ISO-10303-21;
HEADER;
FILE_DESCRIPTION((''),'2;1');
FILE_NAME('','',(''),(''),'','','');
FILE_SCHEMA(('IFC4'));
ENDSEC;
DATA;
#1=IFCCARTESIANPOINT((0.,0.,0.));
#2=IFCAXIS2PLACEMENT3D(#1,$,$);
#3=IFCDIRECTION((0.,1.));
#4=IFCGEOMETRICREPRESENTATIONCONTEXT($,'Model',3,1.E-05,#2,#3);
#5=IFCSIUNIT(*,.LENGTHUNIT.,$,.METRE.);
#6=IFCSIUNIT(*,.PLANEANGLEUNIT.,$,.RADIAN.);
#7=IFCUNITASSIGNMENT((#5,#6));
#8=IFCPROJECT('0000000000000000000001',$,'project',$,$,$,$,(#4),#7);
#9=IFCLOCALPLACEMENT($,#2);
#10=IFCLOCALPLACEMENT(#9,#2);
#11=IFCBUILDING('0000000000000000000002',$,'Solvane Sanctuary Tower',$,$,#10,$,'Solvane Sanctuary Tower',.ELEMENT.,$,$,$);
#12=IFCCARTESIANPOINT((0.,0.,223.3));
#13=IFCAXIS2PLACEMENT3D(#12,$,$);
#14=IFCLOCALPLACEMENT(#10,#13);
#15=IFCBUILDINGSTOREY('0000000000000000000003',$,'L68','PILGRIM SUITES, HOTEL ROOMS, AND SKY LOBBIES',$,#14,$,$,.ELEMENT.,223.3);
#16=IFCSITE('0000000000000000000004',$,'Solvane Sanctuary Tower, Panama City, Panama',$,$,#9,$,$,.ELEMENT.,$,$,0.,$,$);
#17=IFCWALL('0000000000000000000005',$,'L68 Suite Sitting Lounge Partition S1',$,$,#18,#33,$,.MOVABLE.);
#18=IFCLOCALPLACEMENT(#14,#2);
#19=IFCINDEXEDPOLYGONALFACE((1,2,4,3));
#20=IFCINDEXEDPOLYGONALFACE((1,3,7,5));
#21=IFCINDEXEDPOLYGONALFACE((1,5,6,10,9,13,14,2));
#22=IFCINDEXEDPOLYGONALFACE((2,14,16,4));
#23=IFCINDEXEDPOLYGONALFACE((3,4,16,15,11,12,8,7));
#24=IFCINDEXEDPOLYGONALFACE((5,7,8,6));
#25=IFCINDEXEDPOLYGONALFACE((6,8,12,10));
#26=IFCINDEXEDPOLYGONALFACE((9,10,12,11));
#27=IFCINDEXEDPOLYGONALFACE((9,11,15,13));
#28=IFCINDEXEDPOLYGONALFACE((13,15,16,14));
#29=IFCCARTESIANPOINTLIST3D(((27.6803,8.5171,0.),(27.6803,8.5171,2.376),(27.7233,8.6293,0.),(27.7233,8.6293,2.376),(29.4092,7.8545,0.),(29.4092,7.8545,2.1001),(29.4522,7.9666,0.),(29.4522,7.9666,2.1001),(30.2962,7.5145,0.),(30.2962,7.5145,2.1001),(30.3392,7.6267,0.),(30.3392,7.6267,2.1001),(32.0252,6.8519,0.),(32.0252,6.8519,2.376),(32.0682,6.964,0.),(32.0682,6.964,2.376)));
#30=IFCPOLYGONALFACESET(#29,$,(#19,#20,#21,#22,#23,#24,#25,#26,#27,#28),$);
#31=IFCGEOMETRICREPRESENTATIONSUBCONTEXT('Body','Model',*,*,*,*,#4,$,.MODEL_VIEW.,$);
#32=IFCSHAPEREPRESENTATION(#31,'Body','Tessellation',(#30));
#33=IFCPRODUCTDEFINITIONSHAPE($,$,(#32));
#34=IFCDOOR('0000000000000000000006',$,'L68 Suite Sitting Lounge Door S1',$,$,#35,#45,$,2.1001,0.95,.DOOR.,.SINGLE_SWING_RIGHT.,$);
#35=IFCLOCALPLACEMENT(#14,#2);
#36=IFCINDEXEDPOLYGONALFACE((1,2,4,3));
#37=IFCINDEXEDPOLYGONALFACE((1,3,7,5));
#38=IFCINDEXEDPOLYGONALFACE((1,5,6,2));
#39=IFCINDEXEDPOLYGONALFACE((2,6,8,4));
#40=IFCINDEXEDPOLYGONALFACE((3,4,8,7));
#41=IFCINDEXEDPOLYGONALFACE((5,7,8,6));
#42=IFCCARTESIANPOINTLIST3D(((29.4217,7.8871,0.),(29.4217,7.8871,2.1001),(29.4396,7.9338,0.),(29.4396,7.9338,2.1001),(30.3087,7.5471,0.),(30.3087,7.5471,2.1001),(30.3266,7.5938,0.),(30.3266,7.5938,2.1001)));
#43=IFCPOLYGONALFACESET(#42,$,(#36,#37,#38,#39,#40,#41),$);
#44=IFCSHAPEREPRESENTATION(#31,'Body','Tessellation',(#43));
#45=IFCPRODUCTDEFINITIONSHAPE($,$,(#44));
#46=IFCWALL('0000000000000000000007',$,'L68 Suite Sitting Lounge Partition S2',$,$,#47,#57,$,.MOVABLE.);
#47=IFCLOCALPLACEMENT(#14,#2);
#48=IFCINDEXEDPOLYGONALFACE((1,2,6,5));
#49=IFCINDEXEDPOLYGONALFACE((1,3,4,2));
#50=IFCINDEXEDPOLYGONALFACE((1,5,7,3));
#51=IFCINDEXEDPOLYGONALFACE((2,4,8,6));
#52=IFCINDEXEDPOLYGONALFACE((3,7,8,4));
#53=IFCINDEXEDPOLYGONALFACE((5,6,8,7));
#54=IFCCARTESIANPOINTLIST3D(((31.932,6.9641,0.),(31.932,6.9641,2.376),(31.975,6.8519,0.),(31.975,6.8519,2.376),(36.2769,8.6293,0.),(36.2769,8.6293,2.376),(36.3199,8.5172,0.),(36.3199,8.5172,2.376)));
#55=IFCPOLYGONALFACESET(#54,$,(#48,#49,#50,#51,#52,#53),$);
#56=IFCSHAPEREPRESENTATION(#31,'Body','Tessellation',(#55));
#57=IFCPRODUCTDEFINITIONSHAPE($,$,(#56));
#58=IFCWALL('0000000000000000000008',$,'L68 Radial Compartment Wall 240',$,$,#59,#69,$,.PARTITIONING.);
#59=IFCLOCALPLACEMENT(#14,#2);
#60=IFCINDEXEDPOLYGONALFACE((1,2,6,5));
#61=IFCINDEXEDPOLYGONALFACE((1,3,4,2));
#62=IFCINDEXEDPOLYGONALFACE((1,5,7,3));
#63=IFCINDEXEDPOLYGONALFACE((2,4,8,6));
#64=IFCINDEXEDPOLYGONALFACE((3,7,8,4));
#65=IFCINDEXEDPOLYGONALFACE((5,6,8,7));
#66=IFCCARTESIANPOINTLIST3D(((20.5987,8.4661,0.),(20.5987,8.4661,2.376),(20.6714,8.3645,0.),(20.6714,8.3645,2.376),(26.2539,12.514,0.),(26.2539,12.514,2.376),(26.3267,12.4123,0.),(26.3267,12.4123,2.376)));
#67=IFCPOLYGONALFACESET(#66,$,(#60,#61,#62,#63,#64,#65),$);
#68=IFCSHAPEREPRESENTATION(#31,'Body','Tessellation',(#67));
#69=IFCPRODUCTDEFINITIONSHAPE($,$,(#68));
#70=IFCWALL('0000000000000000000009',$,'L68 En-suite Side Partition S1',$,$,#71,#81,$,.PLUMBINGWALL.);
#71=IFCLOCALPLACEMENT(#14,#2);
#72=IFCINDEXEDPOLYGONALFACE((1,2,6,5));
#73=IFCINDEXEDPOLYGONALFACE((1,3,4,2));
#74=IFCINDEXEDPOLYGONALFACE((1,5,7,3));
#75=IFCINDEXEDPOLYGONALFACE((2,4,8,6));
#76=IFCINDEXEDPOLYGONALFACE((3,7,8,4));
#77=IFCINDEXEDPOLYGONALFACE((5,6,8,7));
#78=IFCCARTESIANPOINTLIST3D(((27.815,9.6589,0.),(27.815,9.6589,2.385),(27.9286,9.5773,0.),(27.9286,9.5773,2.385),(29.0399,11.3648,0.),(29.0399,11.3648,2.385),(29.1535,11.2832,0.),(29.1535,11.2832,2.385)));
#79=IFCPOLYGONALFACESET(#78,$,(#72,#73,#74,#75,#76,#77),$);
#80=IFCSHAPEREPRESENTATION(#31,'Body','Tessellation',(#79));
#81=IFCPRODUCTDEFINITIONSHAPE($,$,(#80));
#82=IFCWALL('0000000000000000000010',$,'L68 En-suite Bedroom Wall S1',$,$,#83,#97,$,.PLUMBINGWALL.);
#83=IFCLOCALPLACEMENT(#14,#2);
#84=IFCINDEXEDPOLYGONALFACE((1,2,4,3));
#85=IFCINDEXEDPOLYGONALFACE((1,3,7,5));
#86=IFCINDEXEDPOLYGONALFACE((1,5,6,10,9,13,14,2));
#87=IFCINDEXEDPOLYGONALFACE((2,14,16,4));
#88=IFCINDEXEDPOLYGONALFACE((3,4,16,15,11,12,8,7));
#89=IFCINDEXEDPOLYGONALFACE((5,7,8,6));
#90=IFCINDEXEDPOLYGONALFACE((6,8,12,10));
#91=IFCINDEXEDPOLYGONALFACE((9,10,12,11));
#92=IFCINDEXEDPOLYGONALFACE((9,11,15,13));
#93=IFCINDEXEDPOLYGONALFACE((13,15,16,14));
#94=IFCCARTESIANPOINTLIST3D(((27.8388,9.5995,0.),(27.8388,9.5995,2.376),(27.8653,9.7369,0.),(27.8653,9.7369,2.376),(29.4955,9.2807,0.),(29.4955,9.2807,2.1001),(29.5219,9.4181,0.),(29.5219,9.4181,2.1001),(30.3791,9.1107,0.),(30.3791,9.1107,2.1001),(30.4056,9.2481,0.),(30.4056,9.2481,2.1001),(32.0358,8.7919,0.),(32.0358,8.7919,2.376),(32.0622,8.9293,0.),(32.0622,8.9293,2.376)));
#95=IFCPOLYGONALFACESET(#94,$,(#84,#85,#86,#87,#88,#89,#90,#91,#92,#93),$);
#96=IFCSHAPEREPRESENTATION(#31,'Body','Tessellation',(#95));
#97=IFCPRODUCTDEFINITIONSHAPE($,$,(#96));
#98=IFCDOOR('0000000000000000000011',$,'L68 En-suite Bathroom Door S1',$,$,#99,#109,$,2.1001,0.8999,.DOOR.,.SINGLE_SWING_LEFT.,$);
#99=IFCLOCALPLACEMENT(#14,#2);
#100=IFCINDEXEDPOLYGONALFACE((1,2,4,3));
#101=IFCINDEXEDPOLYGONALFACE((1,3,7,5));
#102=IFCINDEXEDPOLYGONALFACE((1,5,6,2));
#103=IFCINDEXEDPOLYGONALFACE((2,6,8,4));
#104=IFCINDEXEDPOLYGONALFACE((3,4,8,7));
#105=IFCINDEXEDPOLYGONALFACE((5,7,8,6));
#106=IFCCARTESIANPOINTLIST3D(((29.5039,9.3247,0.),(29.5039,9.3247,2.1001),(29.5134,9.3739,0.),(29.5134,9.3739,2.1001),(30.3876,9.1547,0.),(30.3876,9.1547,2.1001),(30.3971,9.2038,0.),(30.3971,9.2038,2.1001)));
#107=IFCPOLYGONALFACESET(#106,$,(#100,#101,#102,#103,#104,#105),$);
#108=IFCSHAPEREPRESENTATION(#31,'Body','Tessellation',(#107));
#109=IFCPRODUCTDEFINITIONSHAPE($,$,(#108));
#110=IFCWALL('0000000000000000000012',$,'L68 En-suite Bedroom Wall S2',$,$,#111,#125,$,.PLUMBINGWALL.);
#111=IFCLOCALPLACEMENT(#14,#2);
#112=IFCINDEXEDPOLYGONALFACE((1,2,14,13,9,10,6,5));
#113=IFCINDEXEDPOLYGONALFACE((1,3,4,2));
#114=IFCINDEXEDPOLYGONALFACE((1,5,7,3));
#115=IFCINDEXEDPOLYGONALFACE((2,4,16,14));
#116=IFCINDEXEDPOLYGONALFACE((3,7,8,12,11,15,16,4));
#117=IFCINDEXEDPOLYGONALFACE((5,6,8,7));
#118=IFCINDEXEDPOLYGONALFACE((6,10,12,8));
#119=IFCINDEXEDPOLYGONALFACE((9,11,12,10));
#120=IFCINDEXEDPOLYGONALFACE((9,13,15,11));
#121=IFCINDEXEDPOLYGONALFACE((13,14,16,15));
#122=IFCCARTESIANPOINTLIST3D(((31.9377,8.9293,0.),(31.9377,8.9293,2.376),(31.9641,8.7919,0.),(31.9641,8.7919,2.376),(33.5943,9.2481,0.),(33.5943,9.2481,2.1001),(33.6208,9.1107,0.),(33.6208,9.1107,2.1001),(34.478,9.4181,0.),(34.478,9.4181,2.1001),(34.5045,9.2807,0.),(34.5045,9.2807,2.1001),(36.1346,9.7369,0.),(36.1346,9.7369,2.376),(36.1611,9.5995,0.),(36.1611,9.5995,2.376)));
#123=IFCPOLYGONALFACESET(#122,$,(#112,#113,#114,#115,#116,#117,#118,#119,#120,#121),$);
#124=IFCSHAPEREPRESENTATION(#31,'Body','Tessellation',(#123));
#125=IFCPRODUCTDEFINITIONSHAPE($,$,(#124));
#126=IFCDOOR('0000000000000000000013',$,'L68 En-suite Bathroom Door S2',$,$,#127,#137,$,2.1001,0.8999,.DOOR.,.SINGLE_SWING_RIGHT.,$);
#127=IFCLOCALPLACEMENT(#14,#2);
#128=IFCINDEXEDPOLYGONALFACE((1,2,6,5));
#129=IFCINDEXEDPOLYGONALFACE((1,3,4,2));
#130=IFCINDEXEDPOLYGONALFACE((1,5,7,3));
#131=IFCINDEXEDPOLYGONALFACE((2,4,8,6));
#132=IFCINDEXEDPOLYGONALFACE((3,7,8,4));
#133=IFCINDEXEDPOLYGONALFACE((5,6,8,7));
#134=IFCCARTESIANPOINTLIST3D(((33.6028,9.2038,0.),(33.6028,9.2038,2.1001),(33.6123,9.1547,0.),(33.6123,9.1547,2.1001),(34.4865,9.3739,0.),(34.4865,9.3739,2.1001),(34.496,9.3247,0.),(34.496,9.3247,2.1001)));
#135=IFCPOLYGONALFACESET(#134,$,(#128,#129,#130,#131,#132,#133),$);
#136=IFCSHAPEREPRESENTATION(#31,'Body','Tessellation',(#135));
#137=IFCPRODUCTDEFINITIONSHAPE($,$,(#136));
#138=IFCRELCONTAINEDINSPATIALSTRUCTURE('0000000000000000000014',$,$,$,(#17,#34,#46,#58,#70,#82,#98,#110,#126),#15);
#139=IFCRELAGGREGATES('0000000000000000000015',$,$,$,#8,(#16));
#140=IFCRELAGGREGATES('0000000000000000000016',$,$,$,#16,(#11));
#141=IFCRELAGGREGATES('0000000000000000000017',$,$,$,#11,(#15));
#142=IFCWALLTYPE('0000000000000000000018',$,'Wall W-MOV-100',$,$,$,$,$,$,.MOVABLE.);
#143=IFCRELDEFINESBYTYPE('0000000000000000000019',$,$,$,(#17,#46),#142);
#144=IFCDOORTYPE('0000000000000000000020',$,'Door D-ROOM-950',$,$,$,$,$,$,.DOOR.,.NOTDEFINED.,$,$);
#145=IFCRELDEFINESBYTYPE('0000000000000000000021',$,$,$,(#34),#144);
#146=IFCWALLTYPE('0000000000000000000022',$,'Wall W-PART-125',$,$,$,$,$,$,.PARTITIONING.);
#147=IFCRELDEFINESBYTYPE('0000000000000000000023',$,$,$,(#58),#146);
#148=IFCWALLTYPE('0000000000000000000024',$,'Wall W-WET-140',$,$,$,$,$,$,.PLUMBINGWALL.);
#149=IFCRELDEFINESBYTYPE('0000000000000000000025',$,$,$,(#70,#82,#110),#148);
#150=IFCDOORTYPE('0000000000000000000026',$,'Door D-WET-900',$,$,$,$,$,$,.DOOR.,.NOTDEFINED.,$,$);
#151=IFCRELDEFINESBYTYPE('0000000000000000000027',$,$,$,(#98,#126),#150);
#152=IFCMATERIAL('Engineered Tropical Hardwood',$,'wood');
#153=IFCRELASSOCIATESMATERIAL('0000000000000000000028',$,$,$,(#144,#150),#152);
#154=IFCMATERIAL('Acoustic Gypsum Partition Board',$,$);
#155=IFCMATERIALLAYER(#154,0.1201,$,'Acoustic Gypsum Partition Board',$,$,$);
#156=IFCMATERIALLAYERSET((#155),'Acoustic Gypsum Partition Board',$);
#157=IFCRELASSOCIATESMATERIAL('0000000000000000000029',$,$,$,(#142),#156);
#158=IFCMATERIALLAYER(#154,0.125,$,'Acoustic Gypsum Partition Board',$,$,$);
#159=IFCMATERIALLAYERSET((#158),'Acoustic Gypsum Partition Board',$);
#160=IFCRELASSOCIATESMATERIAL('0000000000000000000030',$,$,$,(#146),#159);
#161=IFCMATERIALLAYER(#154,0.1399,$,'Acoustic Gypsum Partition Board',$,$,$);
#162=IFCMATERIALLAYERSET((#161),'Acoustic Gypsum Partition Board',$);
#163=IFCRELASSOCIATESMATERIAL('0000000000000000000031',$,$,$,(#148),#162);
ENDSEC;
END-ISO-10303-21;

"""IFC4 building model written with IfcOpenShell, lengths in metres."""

from ifc_helpers import new_model, si_unit, direction, frame, frame_2d, origin, place, context, subcontext, project, spatial, rectangle, extrude, material, layer, layer_set, type_object, element, fill, save


model = new_model("IFC4")

# Units and contexts
model_context = context("Model", 3, precision=1e-05, world=origin(), true_north=direction((0.0, 1.0)))
body_context = subcontext(model_context, "Body", "Model", "MODEL_VIEW")
ifc_project = project(units=[si_unit("LENGTHUNIT", "METRE"), si_unit("PLANEANGLEUNIT", "RADIAN")], contexts=[model_context])

# Site, building, storey
site_placement = place(None, origin())
site = spatial("IfcSite", under=ifc_project, at=site_placement, Name="Solvane Sanctuary Tower, Panama City, Panama", CompositionType="ELEMENT", RefElevation=0.0)
building_placement = place(site_placement, origin())
building = spatial("IfcBuilding", under=site, at=building_placement, Name="Solvane Sanctuary Tower", LongName="Solvane Sanctuary Tower", CompositionType="ELEMENT")
storey_placement = place(building_placement, frame((0.0, 0.0, 223.3)))
storey = spatial("IfcBuildingStorey", under=building, at=storey_placement, Name="L68", Description="PILGRIM SUITES, HOTEL ROOMS, AND SKY LOBBIES", CompositionType="ELEMENT", Elevation=223.3)

# Shared definitions
ifc_material_1 = material(Name="Acoustic Gypsum Partition Board")

# Shared definitions
ifc_material_2 = material(Name="Engineered Tropical Hardwood", Category="wood")
door_type_1 = type_object("IfcDoorType", Name="Door D-ROOM-950", OperationType="NOTDEFINED", PredefinedType="DOOR", material=ifc_material_2)

# Shared definitions
ifc_layer_1 = layer(ifc_material_1, 0.1201, Name="Acoustic Gypsum Partition Board")
ifc_layer_set_1 = layer_set([ifc_layer_1], Name="Acoustic Gypsum Partition Board")
wall_type_1 = type_object("IfcWallType", Name="Wall W-MOV-100", PredefinedType="MOVABLE", material=ifc_layer_set_1)

# Wall, opening, door
wall_1_placement = place(storey_placement, frame((27.7017, 8.5732, 0.0), z_axis=(0.0, 0.0, 1.0), x_axis=(0.933767, -0.357882, 0.0)))
wall_1 = element("IfcWall", 1, at=wall_1_placement, inside=storey, type_object=wall_type_1, Name="L68 Suite Sitting Lounge Partition S1", PredefinedType="MOVABLE", context=body_context, shape_type="SweptSolid", body=[
    extrude(rectangle(XDim=4.6531, YDim=0.1201, at=frame_2d((2.3267, 0.0))), origin(), (0.0, 0.0, 1.0), 2.376),
])
opening_1_placement = place(wall_1_placement, frame((1.8516, 0.0, 0.0)))
opening_1 = element("IfcOpeningElement", 2, at=opening_1_placement, cuts=wall_1, PredefinedType="OPENING", context=body_context, shape_type="SweptSolid", body=[
    extrude(rectangle(XDim=0.95, YDim=2.1001, at=frame_2d((0.4751, 1.05))), frame((0.0, 0.0701, 0.0), z_axis=(0.0, -1.0, 0.0), x_axis=(1.0, 0.0, 0.0)), (0.0, 0.0, 1.0), 0.1401),
])
door_1_placement = place(opening_1_placement, origin())
door_1 = element("IfcDoor", 3, at=door_1_placement, inside=storey, type_object=door_type_1, Name="L68 Suite Sitting Lounge Door S1", OperationType="SINGLE_SWING_RIGHT", OverallHeight=2.1001, OverallWidth=0.95, PredefinedType="DOOR", context=body_context, shape_type="SweptSolid", body=[
    extrude(rectangle(XDim=0.95, YDim=2.1001, at=frame_2d((0.4751, 1.05))), frame((0.0, 0.0249, 0.0), z_axis=(0.0, -1.0, 0.0), x_axis=(1.0, 0.0, 0.0)), (0.0, 0.0, 1.0), 0.05),
])
fill(opening_1, door_1)

# Walls
wall_2_placement = place(storey_placement, frame((31.9534, 6.908, 0.0), z_axis=(0.0, 0.0, 1.0), x_axis=(0.933767, 0.357882, 0.0)))
element("IfcWall", 4, at=wall_2_placement, inside=storey, type_object=wall_type_1, Name="L68 Suite Sitting Lounge Partition S2", PredefinedType="MOVABLE", context=body_context, shape_type="SweptSolid", body=[
    extrude(rectangle(XDim=4.6531, YDim=0.1201, at=frame_2d((2.3267, 0.0))), origin(), (0.0, 0.0, 1.0), 2.376),
])
ifc_layer_2 = layer(ifc_material_1, 0.125, Name="Acoustic Gypsum Partition Board")
ifc_layer_set_2 = layer_set([ifc_layer_2], Name="Acoustic Gypsum Partition Board")
wall_type_2 = type_object("IfcWallType", Name="Wall W-PART-125", PredefinedType="PARTITIONING", material=ifc_layer_set_2)
wall_3_placement = place(storey_placement, frame((26.2903, 12.4631, 0.0), z_axis=(0.0, 0.0, 1.0), x_axis=(-0.813164, -0.582035, 0.0)))
element("IfcWall", 5, at=wall_3_placement, inside=storey, type_object=wall_type_2, Name="L68 Radial Compartment Wall 240", PredefinedType="PARTITIONING", context=body_context, shape_type="SweptSolid", body=[
    extrude(rectangle(XDim=6.9546, YDim=0.125, at=frame_2d((3.4773, 0.0))), origin(), (0.0, 0.0, 1.0), 2.376),
])
ifc_layer_3 = layer(ifc_material_1, 0.1399, Name="Acoustic Gypsum Partition Board")
ifc_layer_set_3 = layer_set([ifc_layer_3], Name="Acoustic Gypsum Partition Board")
wall_type_3 = type_object("IfcWallType", Name="Wall W-WET-140", PredefinedType="PLUMBINGWALL", material=ifc_layer_set_3)
wall_4_placement = place(storey_placement, frame((29.0967, 11.324, 0.0), z_axis=(0.0, 0.0, 1.0), x_axis=(-0.58326, -0.812286, 0.0)))
element("IfcWall", 6, at=wall_4_placement, inside=storey, type_object=wall_type_3, Name="L68 En-suite Side Partition S1", PredefinedType="PLUMBINGWALL", context=body_context, shape_type="SweptSolid", body=[
    extrude(rectangle(XDim=2.1001, YDim=0.1399, at=frame_2d((1.05, 0.0))), origin(), (0.0, 0.0, 1.0), 2.385),
])

# Walls, openings, doors
wall_5_placement = place(storey_placement, frame((27.8521, 9.6682, 0.0), z_axis=(0.0, 0.0, 1.0), x_axis=(0.981985, -0.18896, 0.0)))
wall_5 = element("IfcWall", 7, at=wall_5_placement, inside=storey, type_object=wall_type_3, Name="L68 En-suite Bedroom Wall S1", PredefinedType="PLUMBINGWALL", context=body_context, shape_type="SweptSolid", body=[
    extrude(rectangle(XDim=4.2739, YDim=0.1399, at=frame_2d((2.137, 0.0))), origin(), (0.0, 0.0, 1.0), 2.376),
])
opening_2_placement = place(wall_5_placement, frame((1.687, 0.0, 0.0)))
opening_2 = element("IfcOpeningElement", 8, at=opening_2_placement, cuts=wall_5, PredefinedType="OPENING", context=body_context, shape_type="SweptSolid", body=[
    extrude(rectangle(XDim=0.8999, YDim=2.1001, at=frame_2d((0.45, 1.05))), frame((0.0, 0.0798, 0.0), z_axis=(0.0, -1.0, 0.0), x_axis=(1.0, 0.0, 0.0)), (0.0, 0.0, 1.0), 0.1599),
])
door_type_2 = type_object("IfcDoorType", Name="Door D-WET-900", OperationType="NOTDEFINED", PredefinedType="DOOR", material=ifc_material_2)
door_2_placement = place(opening_2_placement, origin())
door_2 = element("IfcDoor", 9, at=door_2_placement, inside=storey, type_object=door_type_2, Name="L68 En-suite Bathroom Door S1", OperationType="SINGLE_SWING_LEFT", OverallHeight=2.1001, OverallWidth=0.8999, PredefinedType="DOOR", context=body_context, shape_type="SweptSolid", body=[
    extrude(rectangle(XDim=0.8999, YDim=2.1001, at=frame_2d((0.45, 1.05))), frame((0.0, 0.0249, 0.0), z_axis=(0.0, -1.0, 0.0), x_axis=(1.0, 0.0, 0.0)), (0.0, 0.0, 1.0), 0.05),
])
fill(opening_2, door_2)
wall_6_placement = place(storey_placement, frame((31.9509, 8.8606, 0.0), z_axis=(0.0, 0.0, 1.0), x_axis=(0.981985, 0.18896, 0.0)))
wall_6 = element("IfcWall", 10, at=wall_6_placement, inside=storey, type_object=wall_type_3, Name="L68 En-suite Bedroom Wall S2", PredefinedType="PLUMBINGWALL", context=body_context, shape_type="SweptSolid", body=[
    extrude(rectangle(XDim=4.2739, YDim=0.1399, at=frame_2d((2.137, 0.0))), origin(), (0.0, 0.0, 1.0), 2.376),
])
opening_3_placement = place(wall_6_placement, frame((1.687, 0.0, 0.0)))
opening_3 = element("IfcOpeningElement", 11, at=opening_3_placement, cuts=wall_6, PredefinedType="OPENING", context=body_context, shape_type="SweptSolid", body=[
    extrude(rectangle(XDim=0.8999, YDim=2.1001, at=frame_2d((0.45, 1.05))), frame((0.0, 0.0798, 0.0), z_axis=(0.0, -1.0, 0.0), x_axis=(1.0, 0.0, 0.0)), (0.0, 0.0, 1.0), 0.1599),
])
door_3_placement = place(opening_3_placement, origin())
door_3 = element("IfcDoor", 12, at=door_3_placement, inside=storey, type_object=door_type_2, Name="L68 En-suite Bathroom Door S2", OperationType="SINGLE_SWING_RIGHT", OverallHeight=2.1001, OverallWidth=0.8999, PredefinedType="DOOR", context=body_context, shape_type="SweptSolid", body=[
    extrude(rectangle(XDim=0.8999, YDim=2.1001, at=frame_2d((0.45, 1.05))), frame((0.0, 0.0249, 0.0), z_axis=(0.0, -1.0, 0.0), x_axis=(1.0, 0.0, 0.0)), (0.0, 0.0, 1.0), 0.05),
])
fill(opening_3, door_3)

save(model, "model.ifc")
